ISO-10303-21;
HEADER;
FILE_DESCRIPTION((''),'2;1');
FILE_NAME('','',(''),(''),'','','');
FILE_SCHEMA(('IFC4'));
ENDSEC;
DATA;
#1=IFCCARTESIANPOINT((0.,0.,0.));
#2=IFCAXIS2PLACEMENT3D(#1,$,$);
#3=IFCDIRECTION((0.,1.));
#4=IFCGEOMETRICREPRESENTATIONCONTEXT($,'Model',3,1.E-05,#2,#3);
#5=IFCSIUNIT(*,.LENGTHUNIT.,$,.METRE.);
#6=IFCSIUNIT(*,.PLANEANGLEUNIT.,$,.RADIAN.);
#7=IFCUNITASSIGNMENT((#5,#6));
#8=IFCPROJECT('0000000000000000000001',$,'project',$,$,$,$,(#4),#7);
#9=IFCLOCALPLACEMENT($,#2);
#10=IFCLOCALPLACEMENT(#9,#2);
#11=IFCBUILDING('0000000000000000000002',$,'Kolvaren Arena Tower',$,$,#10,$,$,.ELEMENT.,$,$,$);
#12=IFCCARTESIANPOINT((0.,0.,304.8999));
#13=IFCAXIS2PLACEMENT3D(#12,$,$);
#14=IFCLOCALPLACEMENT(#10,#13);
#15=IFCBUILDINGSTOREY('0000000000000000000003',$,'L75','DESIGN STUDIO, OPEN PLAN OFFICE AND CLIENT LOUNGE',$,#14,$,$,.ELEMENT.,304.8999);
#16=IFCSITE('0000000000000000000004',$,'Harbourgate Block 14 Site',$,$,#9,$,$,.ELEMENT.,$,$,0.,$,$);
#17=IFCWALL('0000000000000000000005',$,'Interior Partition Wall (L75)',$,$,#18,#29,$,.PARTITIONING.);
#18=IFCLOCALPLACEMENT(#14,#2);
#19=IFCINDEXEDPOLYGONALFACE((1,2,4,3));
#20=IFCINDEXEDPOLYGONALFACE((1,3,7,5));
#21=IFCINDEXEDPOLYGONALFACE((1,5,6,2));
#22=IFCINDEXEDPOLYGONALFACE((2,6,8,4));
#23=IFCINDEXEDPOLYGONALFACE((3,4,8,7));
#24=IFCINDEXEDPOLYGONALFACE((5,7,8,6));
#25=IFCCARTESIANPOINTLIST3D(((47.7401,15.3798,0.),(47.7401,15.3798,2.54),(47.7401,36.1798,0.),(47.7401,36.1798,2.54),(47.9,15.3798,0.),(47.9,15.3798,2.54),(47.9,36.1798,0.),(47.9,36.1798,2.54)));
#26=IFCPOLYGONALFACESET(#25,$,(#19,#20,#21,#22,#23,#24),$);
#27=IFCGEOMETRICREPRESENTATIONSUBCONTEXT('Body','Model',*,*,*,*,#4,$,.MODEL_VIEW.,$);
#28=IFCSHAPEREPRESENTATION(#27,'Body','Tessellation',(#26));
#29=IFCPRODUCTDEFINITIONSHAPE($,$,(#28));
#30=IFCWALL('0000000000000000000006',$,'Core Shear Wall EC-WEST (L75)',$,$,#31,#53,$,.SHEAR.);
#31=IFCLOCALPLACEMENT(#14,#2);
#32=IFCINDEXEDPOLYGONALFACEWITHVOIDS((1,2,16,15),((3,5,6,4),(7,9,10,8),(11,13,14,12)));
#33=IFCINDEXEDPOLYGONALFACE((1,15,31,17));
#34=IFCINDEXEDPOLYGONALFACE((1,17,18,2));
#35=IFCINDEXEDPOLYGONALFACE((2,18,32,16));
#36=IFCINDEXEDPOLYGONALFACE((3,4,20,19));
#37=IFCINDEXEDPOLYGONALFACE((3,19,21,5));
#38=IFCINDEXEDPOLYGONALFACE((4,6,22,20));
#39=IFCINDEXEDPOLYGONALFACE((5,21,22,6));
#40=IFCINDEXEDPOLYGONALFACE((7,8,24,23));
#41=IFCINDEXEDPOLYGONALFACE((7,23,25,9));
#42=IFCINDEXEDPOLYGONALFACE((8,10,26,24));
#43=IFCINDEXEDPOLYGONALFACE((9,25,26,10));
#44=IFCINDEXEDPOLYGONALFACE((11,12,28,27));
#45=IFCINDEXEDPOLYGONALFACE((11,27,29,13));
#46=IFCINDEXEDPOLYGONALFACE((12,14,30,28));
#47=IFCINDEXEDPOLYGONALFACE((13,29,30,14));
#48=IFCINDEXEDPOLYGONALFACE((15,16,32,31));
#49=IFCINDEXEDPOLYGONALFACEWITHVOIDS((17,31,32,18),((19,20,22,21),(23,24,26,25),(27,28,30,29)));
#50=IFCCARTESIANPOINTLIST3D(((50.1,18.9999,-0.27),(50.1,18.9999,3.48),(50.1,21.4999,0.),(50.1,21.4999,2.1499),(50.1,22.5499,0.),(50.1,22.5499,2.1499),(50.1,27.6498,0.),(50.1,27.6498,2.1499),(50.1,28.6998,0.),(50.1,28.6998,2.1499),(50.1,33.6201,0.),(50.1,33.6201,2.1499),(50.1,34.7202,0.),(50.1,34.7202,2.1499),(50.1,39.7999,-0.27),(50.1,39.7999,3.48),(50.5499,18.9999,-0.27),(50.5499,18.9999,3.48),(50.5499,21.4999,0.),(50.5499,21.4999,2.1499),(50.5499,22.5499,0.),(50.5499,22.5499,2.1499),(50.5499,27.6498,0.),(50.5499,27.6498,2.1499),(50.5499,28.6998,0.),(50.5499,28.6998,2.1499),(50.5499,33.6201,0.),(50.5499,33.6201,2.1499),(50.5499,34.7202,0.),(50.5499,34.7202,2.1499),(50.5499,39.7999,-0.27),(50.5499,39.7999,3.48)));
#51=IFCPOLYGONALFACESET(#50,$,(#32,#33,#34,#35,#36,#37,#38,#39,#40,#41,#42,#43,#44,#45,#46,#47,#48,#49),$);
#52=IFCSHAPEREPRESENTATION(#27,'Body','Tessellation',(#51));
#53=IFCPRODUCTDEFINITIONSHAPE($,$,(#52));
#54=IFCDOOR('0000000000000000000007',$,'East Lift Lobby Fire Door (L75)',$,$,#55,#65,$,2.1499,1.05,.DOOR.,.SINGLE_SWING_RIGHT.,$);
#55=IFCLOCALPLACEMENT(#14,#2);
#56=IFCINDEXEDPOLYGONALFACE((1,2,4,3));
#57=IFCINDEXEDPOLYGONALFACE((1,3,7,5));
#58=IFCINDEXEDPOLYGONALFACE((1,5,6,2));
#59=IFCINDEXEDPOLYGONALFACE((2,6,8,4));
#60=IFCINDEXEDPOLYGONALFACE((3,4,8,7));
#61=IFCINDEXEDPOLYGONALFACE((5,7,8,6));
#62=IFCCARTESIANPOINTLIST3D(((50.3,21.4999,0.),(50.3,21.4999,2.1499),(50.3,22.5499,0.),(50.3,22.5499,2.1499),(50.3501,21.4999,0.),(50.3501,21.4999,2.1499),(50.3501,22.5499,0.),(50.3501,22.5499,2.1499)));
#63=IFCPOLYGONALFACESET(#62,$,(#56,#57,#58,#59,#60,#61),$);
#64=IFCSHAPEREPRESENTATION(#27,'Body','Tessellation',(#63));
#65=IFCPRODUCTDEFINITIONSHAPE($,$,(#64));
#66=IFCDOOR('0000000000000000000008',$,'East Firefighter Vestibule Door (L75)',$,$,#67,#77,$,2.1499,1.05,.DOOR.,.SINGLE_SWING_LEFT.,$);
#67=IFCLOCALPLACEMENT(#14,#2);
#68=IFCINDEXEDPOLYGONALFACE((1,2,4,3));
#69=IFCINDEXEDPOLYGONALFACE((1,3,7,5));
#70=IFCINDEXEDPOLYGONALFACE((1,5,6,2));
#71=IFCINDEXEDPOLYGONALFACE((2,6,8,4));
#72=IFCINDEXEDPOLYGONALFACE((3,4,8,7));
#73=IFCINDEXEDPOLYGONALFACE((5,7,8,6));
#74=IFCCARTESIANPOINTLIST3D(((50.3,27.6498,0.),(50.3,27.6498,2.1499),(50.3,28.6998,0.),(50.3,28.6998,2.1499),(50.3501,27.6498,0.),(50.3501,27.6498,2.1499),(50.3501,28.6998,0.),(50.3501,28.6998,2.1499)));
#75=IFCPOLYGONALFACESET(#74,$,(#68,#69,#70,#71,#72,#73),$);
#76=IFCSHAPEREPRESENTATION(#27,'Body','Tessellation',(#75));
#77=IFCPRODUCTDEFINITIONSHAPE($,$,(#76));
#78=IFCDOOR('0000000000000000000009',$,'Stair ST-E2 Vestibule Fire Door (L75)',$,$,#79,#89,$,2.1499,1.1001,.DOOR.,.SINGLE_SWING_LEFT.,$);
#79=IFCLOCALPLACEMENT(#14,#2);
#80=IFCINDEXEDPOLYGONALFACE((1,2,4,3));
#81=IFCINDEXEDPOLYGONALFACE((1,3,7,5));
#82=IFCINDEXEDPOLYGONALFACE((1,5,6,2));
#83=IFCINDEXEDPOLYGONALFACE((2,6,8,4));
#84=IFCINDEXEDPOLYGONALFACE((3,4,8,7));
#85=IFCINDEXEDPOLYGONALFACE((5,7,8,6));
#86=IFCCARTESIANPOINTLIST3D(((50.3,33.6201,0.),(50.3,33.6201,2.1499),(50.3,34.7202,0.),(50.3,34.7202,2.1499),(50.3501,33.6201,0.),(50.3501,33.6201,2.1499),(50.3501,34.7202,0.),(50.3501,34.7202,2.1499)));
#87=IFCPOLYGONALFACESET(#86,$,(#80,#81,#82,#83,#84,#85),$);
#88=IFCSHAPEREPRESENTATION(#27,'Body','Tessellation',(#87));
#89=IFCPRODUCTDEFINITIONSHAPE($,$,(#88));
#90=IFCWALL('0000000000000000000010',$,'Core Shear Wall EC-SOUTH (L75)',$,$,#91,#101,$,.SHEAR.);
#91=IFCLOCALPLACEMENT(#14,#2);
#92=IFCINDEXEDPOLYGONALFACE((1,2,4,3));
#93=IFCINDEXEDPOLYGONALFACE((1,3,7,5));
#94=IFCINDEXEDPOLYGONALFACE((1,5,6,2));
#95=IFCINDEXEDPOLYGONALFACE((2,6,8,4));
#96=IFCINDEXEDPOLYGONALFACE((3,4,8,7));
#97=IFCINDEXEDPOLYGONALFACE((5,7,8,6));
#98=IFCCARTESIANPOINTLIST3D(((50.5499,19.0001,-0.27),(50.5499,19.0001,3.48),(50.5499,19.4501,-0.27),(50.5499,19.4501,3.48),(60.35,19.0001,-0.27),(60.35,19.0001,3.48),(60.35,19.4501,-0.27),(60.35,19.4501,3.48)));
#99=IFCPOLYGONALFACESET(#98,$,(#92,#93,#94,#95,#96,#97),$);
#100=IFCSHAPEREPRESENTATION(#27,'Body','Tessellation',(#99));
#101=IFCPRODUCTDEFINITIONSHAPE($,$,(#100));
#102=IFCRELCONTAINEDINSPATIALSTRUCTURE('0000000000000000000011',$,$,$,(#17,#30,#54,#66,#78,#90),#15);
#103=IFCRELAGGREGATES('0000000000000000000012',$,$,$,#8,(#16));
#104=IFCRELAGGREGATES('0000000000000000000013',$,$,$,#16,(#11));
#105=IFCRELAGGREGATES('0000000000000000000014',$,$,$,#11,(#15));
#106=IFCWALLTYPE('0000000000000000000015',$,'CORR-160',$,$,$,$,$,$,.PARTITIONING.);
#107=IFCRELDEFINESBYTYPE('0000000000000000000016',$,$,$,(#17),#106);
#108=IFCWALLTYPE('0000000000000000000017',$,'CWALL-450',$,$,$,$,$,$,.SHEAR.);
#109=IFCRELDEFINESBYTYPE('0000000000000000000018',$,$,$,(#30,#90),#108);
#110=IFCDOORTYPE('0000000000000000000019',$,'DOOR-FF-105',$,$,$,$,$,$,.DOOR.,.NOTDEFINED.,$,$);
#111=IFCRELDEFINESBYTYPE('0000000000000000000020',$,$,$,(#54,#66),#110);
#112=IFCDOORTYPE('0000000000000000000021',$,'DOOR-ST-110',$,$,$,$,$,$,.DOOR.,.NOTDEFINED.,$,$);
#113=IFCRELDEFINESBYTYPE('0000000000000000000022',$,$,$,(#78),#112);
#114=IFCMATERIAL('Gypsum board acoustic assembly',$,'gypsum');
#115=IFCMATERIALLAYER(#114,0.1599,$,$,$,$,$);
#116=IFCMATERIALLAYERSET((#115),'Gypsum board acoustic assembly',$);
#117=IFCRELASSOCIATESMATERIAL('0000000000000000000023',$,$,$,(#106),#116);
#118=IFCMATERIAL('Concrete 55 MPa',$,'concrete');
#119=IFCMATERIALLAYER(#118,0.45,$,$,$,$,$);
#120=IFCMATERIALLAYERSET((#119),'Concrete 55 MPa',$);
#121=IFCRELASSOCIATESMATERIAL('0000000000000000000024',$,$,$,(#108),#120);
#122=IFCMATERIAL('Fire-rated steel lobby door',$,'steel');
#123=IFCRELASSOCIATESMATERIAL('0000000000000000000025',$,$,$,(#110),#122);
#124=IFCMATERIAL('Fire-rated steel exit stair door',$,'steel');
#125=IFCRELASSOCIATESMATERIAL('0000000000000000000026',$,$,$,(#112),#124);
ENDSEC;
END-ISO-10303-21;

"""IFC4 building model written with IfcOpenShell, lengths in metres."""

from ifc_helpers import new_model, si_unit, direction, frame, frame_2d, origin, place, context, subcontext, project, spatial, rectangle, extrude, material, layer, layer_set, type_object, element, fill, save


model = new_model("IFC4")

# Units and contexts
model_context = context("Model", 3, precision=1e-05, world=origin(), true_north=direction((0.0, 1.0)))
body_context = subcontext(model_context, "Body", "Model", "MODEL_VIEW")
ifc_project = project(units=[si_unit("LENGTHUNIT", "METRE"), si_unit("PLANEANGLEUNIT", "RADIAN")], contexts=[model_context])

# Site, building, storey
site_placement = place(None, origin())
site = spatial("IfcSite", under=ifc_project, at=site_placement, Name="Harbourgate Block 14 Site", CompositionType="ELEMENT", RefElevation=0.0)
building_placement = place(site_placement, origin())
building = spatial("IfcBuilding", under=site, at=building_placement, Name="Kolvaren Arena Tower", CompositionType="ELEMENT")
storey_placement = place(building_placement, frame((0.0, 0.0, 304.8999)))
storey = spatial("IfcBuildingStorey", under=building, at=storey_placement, Name="L75", Description="DESIGN STUDIO, OPEN PLAN OFFICE AND CLIENT LOUNGE", CompositionType="ELEMENT", Elevation=304.8999)

# Wall
ifc_material_1 = material(Name="Gypsum board acoustic assembly", Category="gypsum")
ifc_layer_1 = layer(ifc_material_1, 0.1599)
ifc_layer_set_1 = layer_set([ifc_layer_1], Name="Gypsum board acoustic assembly")
wall_type_1 = type_object("IfcWallType", Name="CORR-160", PredefinedType="PARTITIONING", material=ifc_layer_set_1)
wall_1_placement = place(storey_placement, frame((47.8201, 15.3799, 0.0), z_axis=(0.0, 0.0, 1.0), x_axis=(0.0, 1.0, 0.0)))
element("IfcWall", 1, at=wall_1_placement, inside=storey, type_object=wall_type_1, Name="Interior Partition Wall (L75)", PredefinedType="PARTITIONING", context=body_context, shape_type="SweptSolid", body=[
    extrude(rectangle(XDim=20.8, YDim=0.1599, at=frame_2d((10.3999, 0.0))), origin(), (0.0, 0.0, 1.0), 2.54),
])

# Wall, openings, doors
ifc_material_2 = material(Name="Concrete 55 MPa", Category="concrete")
ifc_layer_2 = layer(ifc_material_2, 0.45)
ifc_layer_set_2 = layer_set([ifc_layer_2], Name="Concrete 55 MPa")
wall_type_2 = type_object("IfcWallType", Name="CWALL-450", PredefinedType="SHEAR", material=ifc_layer_set_2)
wall_2_placement = place(storey_placement, frame((50.325, 19.0, -0.27), z_axis=(0.0, 0.0, 1.0), x_axis=(0.0, 1.0, 0.0)))
wall_2 = element("IfcWall", 2, at=wall_2_placement, inside=storey, type_object=wall_type_2, Name="Core Shear Wall EC-WEST (L75)", PredefinedType="SHEAR", context=body_context, shape_type="SweptSolid", body=[
    extrude(rectangle(XDim=20.8, YDim=0.45, at=frame_2d((10.3999, 0.0))), origin(), (0.0, 0.0, 1.0), 3.75),
])
opening_1_placement = place(wall_2_placement, frame((2.5, 0.0, 0.27)))
opening_1 = element("IfcOpeningElement", 3, at=opening_1_placement, cuts=wall_2, PredefinedType="OPENING", context=body_context, shape_type="SweptSolid", body=[
    extrude(rectangle(XDim=1.05, YDim=2.1499, at=frame_2d((0.5249, 1.075))), frame((0.0, 0.2349, 0.0), z_axis=(0.0, -1.0, 0.0), x_axis=(1.0, 0.0, 0.0)), (0.0, 0.0, 1.0), 0.47),
])
opening_2_placement = place(wall_2_placement, frame((8.6499, 0.0, 0.27)))
opening_2 = element("IfcOpeningElement", 4, at=opening_2_placement, cuts=wall_2, PredefinedType="OPENING", context=body_context, shape_type="SweptSolid", body=[
    extrude(rectangle(XDim=1.05, YDim=2.1499, at=frame_2d((0.5249, 1.075))), frame((0.0, 0.2349, 0.0), z_axis=(0.0, -1.0, 0.0), x_axis=(1.0, 0.0, 0.0)), (0.0, 0.0, 1.0), 0.47),
])
opening_3_placement = place(wall_2_placement, frame((14.6201, 0.0, 0.27)))
opening_3 = element("IfcOpeningElement", 5, at=opening_3_placement, cuts=wall_2, PredefinedType="OPENING", context=body_context, shape_type="SweptSolid", body=[
    extrude(rectangle(XDim=1.1001, YDim=2.1499, at=frame_2d((0.55, 1.075))), frame((0.0, 0.2349, 0.0), z_axis=(0.0, -1.0, 0.0), x_axis=(1.0, 0.0, 0.0)), (0.0, 0.0, 1.0), 0.47),
])
ifc_material_3 = material(Name="Fire-rated steel lobby door", Category="steel")
door_type_1 = type_object("IfcDoorType", Name="DOOR-FF-105", OperationType="NOTDEFINED", PredefinedType="DOOR", material=ifc_material_3)
door_1_placement = place(opening_1_placement, origin())
door_1 = element("IfcDoor", 6, at=door_1_placement, inside=storey, type_object=door_type_1, Name="East Lift Lobby Fire Door (L75)", OperationType="SINGLE_SWING_RIGHT", OverallHeight=2.1499, OverallWidth=1.05, PredefinedType="DOOR", context=body_context, shape_type="SweptSolid", body=[
    extrude(rectangle(XDim=1.05, YDim=2.1499, at=frame_2d((0.5249, 1.075))), frame((0.0, 0.0249, 0.0), z_axis=(0.0, -1.0, 0.0), x_axis=(1.0, 0.0, 0.0)), (0.0, 0.0, 1.0), 0.05),
])
fill(opening_1, door_1)
door_2_placement = place(opening_2_placement, origin())
door_2 = element("IfcDoor", 7, at=door_2_placement, inside=storey, type_object=door_type_1, Name="East Firefighter Vestibule Door (L75)", OperationType="SINGLE_SWING_LEFT", OverallHeight=2.1499, OverallWidth=1.05, PredefinedType="DOOR", context=body_context, shape_type="SweptSolid", body=[
    extrude(rectangle(XDim=1.05, YDim=2.1499, at=frame_2d((0.5249, 1.075))), frame((0.0, 0.0249, 0.0), z_axis=(0.0, -1.0, 0.0), x_axis=(1.0, 0.0, 0.0)), (0.0, 0.0, 1.0), 0.05),
])
fill(opening_2, door_2)
ifc_material_4 = material(Name="Fire-rated steel exit stair door", Category="steel")
door_type_2 = type_object("IfcDoorType", Name="DOOR-ST-110", OperationType="NOTDEFINED", PredefinedType="DOOR", material=ifc_material_4)
door_3_placement = place(opening_3_placement, origin())
door_3 = element("IfcDoor", 8, at=door_3_placement, inside=storey, type_object=door_type_2, Name="Stair ST-E2 Vestibule Fire Door (L75)", OperationType="SINGLE_SWING_LEFT", OverallHeight=2.1499, OverallWidth=1.1001, PredefinedType="DOOR", context=body_context, shape_type="SweptSolid", body=[
    extrude(rectangle(XDim=1.1001, YDim=2.1499, at=frame_2d((0.55, 1.075))), frame((0.0, 0.0249, 0.0), z_axis=(0.0, -1.0, 0.0), x_axis=(1.0, 0.0, 0.0)), (0.0, 0.0, 1.0), 0.05),
])
fill(opening_3, door_3)

# Wall
wall_3_placement = place(storey_placement, frame((50.55, 19.2251, -0.27), z_axis=(0.0, 0.0, 1.0), x_axis=(1.0, 0.0, 0.0)))
element("IfcWall", 9, at=wall_3_placement, inside=storey, type_object=wall_type_2, Name="Core Shear Wall EC-SOUTH (L75)", PredefinedType="SHEAR", context=body_context, shape_type="SweptSolid", body=[
    extrude(rectangle(XDim=9.8, YDim=0.45, at=frame_2d((4.8999, 0.0))), origin(), (0.0, 0.0, 1.0), 3.75),
])

save(model, "model.ifc")
